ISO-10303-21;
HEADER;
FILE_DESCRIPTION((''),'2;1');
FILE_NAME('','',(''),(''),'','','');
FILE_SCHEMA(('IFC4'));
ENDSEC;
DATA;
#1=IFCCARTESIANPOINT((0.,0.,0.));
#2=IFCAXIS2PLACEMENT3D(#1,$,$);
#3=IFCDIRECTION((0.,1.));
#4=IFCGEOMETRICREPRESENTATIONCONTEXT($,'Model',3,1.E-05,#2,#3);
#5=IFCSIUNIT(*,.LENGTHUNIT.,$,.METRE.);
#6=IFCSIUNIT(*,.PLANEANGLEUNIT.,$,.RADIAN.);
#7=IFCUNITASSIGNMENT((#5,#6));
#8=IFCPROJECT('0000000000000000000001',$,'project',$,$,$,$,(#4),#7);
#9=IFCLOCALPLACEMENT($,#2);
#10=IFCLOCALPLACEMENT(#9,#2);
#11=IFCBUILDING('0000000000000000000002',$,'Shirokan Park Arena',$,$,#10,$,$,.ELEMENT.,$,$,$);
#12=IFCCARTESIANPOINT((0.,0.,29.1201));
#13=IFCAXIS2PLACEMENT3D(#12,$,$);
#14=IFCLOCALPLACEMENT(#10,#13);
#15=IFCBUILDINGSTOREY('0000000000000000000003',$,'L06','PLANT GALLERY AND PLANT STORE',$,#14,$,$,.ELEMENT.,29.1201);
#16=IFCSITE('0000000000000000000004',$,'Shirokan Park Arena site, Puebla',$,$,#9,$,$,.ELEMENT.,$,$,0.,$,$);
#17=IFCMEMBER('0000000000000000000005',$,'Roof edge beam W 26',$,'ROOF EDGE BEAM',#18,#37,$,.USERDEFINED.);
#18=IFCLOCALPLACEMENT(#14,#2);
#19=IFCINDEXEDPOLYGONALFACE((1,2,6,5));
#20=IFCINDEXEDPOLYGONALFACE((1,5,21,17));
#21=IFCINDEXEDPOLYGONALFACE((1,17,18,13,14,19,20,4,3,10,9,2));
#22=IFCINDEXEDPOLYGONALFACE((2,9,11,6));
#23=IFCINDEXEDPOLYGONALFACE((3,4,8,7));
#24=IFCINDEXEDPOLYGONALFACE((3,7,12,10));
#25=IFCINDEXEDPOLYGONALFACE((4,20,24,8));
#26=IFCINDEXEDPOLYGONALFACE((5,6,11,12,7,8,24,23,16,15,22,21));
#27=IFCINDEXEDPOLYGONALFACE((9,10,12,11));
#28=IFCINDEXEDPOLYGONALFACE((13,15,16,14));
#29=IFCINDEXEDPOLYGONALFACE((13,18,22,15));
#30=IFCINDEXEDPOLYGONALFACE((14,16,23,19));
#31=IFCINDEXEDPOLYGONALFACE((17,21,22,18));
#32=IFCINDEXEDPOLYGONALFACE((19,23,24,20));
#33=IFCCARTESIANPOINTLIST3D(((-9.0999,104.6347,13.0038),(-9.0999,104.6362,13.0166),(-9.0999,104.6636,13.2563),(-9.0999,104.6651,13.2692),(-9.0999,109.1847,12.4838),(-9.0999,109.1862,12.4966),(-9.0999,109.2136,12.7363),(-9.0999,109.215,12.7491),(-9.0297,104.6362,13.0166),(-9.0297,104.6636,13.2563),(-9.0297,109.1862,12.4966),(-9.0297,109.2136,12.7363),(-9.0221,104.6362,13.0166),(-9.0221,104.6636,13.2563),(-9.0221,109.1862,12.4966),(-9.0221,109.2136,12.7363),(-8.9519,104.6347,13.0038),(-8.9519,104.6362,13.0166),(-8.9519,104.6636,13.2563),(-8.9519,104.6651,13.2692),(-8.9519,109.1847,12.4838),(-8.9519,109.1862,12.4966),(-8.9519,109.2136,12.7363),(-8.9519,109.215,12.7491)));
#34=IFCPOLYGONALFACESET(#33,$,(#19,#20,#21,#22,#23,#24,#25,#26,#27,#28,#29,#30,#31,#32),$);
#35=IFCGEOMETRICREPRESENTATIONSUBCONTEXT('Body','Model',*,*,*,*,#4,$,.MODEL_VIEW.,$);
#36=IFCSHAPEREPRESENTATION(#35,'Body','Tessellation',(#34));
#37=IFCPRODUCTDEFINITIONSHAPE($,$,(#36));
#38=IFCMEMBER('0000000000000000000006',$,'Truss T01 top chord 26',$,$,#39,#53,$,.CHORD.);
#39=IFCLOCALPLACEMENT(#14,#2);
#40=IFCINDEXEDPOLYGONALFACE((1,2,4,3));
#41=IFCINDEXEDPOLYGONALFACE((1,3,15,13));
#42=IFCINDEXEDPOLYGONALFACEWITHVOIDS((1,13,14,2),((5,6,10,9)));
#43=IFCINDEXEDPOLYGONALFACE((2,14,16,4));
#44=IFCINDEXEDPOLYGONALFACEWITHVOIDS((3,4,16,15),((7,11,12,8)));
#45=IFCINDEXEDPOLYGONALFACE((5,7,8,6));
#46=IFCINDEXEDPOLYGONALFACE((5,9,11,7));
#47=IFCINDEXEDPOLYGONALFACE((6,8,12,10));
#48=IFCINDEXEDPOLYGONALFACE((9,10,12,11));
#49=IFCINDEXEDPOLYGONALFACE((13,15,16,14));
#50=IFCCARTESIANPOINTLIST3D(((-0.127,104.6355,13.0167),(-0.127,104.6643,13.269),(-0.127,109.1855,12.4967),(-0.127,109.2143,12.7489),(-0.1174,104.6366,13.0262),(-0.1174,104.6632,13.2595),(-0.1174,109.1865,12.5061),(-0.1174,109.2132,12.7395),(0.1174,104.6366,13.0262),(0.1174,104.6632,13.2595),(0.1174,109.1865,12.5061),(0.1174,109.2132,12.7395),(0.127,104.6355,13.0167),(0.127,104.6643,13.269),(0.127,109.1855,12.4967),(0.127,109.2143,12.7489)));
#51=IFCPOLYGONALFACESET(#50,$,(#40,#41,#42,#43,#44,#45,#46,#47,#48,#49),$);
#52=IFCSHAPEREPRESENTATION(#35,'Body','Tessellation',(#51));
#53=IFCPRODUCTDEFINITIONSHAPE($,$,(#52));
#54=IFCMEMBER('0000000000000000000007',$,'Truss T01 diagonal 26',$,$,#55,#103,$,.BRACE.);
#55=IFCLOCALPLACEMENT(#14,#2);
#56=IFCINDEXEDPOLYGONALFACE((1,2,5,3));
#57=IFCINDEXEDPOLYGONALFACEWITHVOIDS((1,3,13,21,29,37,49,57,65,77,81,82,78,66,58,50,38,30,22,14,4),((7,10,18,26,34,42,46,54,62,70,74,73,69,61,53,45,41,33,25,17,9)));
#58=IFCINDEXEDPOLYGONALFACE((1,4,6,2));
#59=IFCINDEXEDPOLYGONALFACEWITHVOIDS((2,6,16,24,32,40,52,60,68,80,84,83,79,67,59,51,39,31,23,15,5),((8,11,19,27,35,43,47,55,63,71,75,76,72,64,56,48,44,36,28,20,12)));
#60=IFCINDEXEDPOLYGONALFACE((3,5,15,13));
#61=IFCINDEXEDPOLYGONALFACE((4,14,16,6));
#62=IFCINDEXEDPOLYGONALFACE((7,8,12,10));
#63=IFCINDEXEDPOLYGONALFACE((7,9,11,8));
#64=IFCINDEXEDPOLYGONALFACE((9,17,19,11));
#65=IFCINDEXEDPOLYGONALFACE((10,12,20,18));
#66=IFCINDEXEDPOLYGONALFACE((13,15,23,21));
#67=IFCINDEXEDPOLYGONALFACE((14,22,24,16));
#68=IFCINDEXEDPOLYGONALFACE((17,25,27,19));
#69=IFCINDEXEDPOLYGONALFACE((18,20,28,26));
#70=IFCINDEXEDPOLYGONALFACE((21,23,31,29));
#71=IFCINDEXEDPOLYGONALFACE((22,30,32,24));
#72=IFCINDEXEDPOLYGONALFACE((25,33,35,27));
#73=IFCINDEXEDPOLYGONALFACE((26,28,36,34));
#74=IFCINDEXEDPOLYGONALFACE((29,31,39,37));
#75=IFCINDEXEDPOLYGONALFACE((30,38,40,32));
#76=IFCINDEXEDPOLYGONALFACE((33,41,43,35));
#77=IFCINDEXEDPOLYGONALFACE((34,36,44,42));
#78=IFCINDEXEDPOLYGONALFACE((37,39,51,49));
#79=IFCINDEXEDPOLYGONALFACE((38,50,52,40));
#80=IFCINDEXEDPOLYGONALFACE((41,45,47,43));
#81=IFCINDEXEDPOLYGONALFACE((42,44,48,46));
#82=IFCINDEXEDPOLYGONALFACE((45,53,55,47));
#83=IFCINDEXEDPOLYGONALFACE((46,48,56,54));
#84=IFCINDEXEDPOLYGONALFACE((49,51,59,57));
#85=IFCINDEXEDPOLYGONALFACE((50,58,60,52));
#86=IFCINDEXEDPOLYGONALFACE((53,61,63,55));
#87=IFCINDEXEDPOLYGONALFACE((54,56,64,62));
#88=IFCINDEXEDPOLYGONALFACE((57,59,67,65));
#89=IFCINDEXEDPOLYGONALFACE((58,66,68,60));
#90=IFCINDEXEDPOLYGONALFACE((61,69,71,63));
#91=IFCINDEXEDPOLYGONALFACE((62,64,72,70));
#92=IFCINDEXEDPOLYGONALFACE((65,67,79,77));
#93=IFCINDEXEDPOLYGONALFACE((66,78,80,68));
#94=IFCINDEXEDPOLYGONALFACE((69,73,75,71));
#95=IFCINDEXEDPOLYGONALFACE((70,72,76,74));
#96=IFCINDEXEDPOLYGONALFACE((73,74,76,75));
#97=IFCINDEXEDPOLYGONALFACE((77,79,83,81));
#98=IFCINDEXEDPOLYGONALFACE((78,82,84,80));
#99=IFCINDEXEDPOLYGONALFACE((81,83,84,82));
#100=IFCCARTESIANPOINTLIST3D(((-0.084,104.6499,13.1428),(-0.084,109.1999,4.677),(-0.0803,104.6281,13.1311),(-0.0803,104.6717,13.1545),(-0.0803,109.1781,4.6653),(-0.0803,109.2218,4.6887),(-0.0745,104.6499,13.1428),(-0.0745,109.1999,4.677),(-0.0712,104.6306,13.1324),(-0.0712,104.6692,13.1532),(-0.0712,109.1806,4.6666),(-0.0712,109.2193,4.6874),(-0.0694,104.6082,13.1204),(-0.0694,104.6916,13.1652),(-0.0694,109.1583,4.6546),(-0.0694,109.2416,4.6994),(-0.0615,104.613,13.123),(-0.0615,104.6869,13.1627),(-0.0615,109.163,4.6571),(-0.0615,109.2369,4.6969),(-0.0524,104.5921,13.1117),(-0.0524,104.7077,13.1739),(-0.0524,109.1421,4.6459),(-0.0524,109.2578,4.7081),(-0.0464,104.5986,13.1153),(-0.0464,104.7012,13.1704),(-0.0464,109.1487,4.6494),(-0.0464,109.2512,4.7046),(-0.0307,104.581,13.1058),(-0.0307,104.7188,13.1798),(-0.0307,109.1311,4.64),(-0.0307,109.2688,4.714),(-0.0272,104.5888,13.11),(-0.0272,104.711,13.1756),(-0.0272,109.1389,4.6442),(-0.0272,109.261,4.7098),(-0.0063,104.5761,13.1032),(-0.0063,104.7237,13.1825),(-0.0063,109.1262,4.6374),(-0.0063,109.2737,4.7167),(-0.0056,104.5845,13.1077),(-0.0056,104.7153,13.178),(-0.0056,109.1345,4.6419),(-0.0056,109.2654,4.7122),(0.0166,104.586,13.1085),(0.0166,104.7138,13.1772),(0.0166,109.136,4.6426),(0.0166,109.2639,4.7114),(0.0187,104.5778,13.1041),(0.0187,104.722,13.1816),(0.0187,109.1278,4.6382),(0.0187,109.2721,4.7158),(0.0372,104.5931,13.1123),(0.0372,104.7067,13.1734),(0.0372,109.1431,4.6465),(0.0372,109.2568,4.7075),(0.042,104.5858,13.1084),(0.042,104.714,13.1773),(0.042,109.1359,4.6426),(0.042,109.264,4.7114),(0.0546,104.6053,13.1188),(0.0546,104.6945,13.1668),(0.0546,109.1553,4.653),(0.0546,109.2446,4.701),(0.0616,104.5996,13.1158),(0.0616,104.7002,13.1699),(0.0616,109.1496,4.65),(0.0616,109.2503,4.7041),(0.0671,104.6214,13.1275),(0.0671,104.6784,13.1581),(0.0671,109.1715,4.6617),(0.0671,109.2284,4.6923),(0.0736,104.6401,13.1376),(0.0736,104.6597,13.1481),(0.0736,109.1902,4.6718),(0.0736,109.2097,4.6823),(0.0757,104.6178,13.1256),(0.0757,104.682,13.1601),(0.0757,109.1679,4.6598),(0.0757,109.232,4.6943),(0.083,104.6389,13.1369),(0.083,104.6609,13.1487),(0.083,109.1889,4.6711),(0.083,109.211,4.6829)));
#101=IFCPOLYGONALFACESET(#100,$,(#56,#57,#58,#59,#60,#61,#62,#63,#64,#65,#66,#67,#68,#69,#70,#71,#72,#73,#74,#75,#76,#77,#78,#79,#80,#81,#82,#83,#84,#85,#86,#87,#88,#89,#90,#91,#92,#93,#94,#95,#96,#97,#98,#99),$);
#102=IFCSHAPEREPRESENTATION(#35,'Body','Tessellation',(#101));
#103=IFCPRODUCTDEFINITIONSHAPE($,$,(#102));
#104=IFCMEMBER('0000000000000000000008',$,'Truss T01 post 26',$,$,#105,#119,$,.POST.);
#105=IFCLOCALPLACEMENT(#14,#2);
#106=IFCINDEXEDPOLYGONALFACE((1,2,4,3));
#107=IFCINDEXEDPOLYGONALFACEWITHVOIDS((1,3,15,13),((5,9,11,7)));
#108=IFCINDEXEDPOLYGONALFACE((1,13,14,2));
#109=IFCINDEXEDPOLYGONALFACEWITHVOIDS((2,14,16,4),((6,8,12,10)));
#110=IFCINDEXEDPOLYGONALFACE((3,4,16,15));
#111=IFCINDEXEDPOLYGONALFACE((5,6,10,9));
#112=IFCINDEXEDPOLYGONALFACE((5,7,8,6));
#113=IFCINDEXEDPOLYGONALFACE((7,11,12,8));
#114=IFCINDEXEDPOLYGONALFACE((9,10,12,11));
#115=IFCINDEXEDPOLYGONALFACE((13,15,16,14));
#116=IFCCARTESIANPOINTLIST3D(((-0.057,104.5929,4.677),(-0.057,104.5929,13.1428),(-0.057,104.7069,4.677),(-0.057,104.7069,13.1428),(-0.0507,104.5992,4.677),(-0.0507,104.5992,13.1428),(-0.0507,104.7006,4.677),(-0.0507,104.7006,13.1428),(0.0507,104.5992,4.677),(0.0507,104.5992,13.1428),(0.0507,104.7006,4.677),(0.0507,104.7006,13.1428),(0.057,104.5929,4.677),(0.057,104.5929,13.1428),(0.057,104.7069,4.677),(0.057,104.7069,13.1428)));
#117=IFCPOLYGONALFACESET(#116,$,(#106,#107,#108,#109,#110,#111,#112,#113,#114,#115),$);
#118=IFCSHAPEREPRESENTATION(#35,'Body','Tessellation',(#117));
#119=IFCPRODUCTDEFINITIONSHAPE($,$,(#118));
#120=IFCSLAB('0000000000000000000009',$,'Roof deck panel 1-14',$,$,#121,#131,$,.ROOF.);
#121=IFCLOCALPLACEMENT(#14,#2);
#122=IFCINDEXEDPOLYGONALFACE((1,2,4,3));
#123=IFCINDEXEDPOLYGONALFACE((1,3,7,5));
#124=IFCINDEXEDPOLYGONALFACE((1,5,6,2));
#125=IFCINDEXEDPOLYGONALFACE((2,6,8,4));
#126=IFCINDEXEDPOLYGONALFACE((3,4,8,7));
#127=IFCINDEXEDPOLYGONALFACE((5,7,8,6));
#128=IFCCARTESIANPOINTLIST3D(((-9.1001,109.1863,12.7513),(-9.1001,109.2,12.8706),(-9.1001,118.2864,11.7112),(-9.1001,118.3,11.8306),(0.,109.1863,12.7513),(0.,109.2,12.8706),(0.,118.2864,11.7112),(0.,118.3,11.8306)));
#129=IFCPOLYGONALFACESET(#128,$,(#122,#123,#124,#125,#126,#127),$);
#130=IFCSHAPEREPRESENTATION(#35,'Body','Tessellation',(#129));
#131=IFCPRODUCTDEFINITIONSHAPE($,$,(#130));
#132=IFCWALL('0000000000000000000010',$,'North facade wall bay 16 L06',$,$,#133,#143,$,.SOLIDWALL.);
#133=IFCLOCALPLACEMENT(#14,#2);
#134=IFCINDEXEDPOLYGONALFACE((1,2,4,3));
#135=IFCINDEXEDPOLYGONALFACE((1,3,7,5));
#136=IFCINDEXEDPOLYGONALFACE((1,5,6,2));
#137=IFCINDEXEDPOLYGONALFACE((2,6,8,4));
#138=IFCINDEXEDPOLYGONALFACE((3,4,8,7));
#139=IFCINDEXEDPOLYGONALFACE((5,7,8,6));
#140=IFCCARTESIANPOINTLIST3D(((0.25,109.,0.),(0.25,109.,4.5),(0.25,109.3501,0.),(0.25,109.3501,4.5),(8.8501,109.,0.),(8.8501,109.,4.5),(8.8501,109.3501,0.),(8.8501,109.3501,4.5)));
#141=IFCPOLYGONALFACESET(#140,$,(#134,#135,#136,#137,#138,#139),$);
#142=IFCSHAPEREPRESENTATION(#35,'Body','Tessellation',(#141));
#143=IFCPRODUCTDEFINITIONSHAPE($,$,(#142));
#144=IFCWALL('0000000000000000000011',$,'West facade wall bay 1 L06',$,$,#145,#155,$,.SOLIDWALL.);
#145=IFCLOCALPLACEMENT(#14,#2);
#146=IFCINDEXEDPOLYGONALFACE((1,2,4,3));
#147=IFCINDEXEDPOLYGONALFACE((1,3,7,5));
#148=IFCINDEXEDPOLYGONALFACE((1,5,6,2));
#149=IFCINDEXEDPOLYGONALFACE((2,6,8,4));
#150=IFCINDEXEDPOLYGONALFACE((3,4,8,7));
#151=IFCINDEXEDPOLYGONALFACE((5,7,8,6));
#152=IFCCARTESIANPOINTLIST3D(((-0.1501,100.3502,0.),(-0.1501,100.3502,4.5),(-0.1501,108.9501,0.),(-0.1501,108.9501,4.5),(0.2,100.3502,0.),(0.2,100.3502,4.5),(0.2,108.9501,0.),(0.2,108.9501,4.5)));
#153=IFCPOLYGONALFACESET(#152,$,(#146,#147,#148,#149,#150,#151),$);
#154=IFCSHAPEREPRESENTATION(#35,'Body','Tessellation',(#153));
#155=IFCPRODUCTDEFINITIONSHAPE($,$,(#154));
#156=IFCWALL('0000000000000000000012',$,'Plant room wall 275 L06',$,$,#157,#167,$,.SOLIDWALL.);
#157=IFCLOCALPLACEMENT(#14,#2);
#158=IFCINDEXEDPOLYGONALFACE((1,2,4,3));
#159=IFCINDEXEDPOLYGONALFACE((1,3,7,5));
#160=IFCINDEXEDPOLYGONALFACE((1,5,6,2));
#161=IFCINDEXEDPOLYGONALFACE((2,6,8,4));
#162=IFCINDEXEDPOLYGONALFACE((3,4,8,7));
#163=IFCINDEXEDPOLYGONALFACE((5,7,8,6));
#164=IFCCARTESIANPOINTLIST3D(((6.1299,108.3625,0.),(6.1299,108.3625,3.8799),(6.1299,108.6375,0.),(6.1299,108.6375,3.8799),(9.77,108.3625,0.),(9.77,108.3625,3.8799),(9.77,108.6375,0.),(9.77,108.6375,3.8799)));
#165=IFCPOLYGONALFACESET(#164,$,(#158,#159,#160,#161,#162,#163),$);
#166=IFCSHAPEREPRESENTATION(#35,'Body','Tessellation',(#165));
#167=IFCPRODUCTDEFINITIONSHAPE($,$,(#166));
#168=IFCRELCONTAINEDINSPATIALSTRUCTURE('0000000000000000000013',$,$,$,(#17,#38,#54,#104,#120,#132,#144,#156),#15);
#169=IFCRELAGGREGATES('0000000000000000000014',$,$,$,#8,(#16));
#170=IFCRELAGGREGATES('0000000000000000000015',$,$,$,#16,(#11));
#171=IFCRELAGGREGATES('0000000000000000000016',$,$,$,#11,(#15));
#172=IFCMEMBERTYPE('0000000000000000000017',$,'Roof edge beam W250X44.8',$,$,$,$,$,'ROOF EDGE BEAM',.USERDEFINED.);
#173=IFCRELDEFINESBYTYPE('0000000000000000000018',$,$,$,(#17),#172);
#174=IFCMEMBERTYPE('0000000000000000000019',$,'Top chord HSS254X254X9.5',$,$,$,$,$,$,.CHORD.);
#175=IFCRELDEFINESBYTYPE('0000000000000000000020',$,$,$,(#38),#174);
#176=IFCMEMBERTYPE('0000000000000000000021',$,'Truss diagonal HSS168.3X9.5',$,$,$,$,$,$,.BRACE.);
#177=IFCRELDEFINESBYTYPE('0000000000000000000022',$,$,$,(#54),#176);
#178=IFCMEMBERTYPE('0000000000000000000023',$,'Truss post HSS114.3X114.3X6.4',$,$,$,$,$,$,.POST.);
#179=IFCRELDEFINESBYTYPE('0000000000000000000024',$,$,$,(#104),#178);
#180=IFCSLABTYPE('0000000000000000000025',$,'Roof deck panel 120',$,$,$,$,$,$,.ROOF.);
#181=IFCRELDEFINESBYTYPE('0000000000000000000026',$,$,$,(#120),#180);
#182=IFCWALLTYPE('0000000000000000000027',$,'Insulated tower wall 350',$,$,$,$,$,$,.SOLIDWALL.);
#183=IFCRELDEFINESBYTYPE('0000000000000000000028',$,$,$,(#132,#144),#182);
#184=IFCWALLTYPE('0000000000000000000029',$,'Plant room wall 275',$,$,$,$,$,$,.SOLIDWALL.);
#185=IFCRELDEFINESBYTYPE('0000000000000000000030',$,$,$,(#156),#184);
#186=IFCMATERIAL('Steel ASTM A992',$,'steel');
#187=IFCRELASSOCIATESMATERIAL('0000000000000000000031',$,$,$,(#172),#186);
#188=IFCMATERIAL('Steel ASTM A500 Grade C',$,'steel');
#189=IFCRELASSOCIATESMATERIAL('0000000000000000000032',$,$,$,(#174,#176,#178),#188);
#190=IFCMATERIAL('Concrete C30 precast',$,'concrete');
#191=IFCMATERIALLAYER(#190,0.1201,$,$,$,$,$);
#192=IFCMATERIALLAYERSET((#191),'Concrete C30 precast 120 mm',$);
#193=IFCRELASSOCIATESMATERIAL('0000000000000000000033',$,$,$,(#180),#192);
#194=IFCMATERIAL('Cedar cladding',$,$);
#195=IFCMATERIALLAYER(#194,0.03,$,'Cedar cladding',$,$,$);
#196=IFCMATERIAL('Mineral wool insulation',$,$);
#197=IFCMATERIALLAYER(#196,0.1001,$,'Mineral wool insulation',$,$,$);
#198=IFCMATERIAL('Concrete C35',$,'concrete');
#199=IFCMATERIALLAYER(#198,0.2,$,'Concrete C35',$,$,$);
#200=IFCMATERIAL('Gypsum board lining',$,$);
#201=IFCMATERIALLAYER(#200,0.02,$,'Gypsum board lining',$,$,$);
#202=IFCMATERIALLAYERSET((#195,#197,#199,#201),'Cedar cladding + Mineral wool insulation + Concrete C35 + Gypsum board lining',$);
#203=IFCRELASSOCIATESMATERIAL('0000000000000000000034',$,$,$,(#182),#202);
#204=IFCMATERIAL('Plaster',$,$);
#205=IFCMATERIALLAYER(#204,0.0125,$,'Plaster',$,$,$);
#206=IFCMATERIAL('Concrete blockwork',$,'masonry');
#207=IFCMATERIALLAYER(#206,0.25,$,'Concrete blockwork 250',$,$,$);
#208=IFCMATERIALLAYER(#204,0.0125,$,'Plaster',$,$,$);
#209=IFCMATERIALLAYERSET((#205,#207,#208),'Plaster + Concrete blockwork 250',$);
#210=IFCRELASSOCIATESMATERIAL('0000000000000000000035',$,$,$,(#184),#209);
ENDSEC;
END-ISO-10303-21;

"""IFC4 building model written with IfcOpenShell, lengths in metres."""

from ifc_helpers import new_model, si_unit, direction, frame, frame_2d, origin, origin_2d, place, context, subcontext, project, spatial, polyline, rectangle, hollow_rectangle, hollow_circle, i_section, outline, extrude, material, layer, layer_set, material_profile, profile_set, type_object, element, save


model = new_model("IFC4")

# Units and contexts
model_context = context("Model", 3, precision=1e-05, world=origin(), true_north=direction((0.0, 1.0)))
body_context = subcontext(model_context, "Body", "Model", "MODEL_VIEW")
ifc_project = project(units=[si_unit("LENGTHUNIT", "METRE"), si_unit("PLANEANGLEUNIT", "RADIAN")], contexts=[model_context])

# Site, building, storey
site_placement = place(None, origin())
site = spatial("IfcSite", under=ifc_project, at=site_placement, Name="Shirokan Park Arena site, Puebla", CompositionType="ELEMENT", RefElevation=0.0)
building_placement = place(site_placement, origin())
building = spatial("IfcBuilding", under=site, at=building_placement, Name="Shirokan Park Arena", CompositionType="ELEMENT")
storey_placement = place(building_placement, frame((0.0, 0.0, 29.1201)))
storey = spatial("IfcBuildingStorey", under=building, at=storey_placement, Name="L06", Description="PLANT GALLERY AND PLANT STORE", CompositionType="ELEMENT", Elevation=29.1201)

# Shared definitions
ifc_material_1 = material(Name="Steel ASTM A500 Grade C", Category="steel")
ifc_material_2 = material(Name="Steel ASTM A992", Category="steel")

# Shared definitions
ifc_material_3 = material(Name="Concrete C35", Category="concrete")

# Members
ifc_material_profile_1 = material_profile(ifc_material_2, i_section(OverallWidth=0.1479, OverallDepth=0.2671, WebThickness=0.0076, FlangeThickness=0.0129, at=origin_2d()), Name="W250X44.8")
ifc_profile_set_1 = profile_set([ifc_material_profile_1], Name="Steel ASTM A992")
member_type_1 = type_object("IfcMemberType", Name="Roof edge beam W250X44.8", ElementType="ROOF EDGE BEAM", PredefinedType="USERDEFINED", material=ifc_profile_set_1)
member_1_placement = place(storey_placement, frame((-9.0259, 104.6499, 13.1365), z_axis=(0.0, 0.993532, -0.11355), x_axis=(-1.0, 0.0, 0.0)))
element("IfcMember", 1, at=member_1_placement, inside=storey, type_object=member_type_1, Name="Roof edge beam W 26", ObjectType="ROOF EDGE BEAM", PredefinedType="USERDEFINED", context=body_context, shape_type="SweptSolid", body=[
    extrude(i_section(OverallWidth=0.1479, OverallDepth=0.2671, WebThickness=0.0076, FlangeThickness=0.0129, at=origin_2d()), origin(), (0.0, 0.0, 1.0), 4.5796),
])
ifc_material_profile_2 = material_profile(ifc_material_1, hollow_rectangle(XDim=0.2539, YDim=0.2539, WallThickness=0.0095, at=origin_2d()), Name="HSS254X254X9.5")
ifc_profile_set_2 = profile_set([ifc_material_profile_2], Name="Steel ASTM A500 Grade C")
member_type_2 = type_object("IfcMemberType", Name="Top chord HSS254X254X9.5", PredefinedType="CHORD", material=ifc_profile_set_2)
member_2_placement = place(storey_placement, frame((0.0, 104.6499, 13.1428), z_axis=(0.0, 0.993532, -0.11355), x_axis=(-1.0, 0.0, 0.0)))
element("IfcMember", 2, at=member_2_placement, inside=storey, type_object=member_type_2, Name="Truss T01 top chord 26", PredefinedType="CHORD", context=body_context, shape_type="SweptSolid", body=[
    extrude(hollow_rectangle(XDim=0.2539, YDim=0.2539, WallThickness=0.0095, at=origin_2d()), origin(), (0.0, 0.0, 1.0), 4.5796),
])
ifc_material_profile_3 = material_profile(ifc_material_1, hollow_circle(Radius=0.084, WallThickness=0.0095, at=origin_2d()), Name="HSS168.3X9.5")
ifc_profile_set_3 = profile_set([ifc_material_profile_3], Name="Steel ASTM A500 Grade C")
member_type_3 = type_object("IfcMemberType", Name="Truss diagonal HSS168.3X9.5", PredefinedType="BRACE", material=ifc_profile_set_3)
member_3_placement = place(storey_placement, frame((0.0, 104.6499, 13.1428), z_axis=(0.0, 0.473417, -0.880839), x_axis=(-1.0, 0.0, 0.0)))
element("IfcMember", 3, at=member_3_placement, inside=storey, type_object=member_type_3, Name="Truss T01 diagonal 26", PredefinedType="BRACE", context=body_context, shape_type="SweptSolid", body=[
    extrude(hollow_circle(Radius=0.084, WallThickness=0.0095, at=origin_2d()), origin(), (0.0, 0.0, 1.0), 9.6111),
])
ifc_material_profile_4 = material_profile(ifc_material_1, hollow_rectangle(XDim=0.114, YDim=0.114, WallThickness=0.0063, at=origin_2d()), Name="HSS114.3X114.3X6.4")
ifc_profile_set_4 = profile_set([ifc_material_profile_4], Name="Steel ASTM A500 Grade C")
member_type_4 = type_object("IfcMemberType", Name="Truss post HSS114.3X114.3X6.4", PredefinedType="POST", material=ifc_profile_set_4)
member_4_placement = place(storey_placement, frame((0.0, 104.6499, 4.677), z_axis=(0.0, 0.0, 1.0), x_axis=(1.0, 0.0, 0.0)))
element("IfcMember", 4, at=member_4_placement, inside=storey, type_object=member_type_4, Name="Truss T01 post 26", PredefinedType="POST", context=body_context, shape_type="SweptSolid", body=[
    extrude(hollow_rectangle(XDim=0.114, YDim=0.114, WallThickness=0.0063, at=origin_2d()), origin(), (0.0, 0.0, 1.0), 8.4658),
])

# Slab
ifc_material_4 = material(Name="Concrete C30 precast", Category="concrete")
ifc_layer_1 = layer(ifc_material_4, 0.1201)
ifc_layer_set_1 = layer_set([ifc_layer_1], Name="Concrete C30 precast 120 mm")
slab_type = type_object("IfcSlabType", Name="Roof deck panel 120", PredefinedType="ROOF", material=ifc_layer_set_1)
slab_placement = place(storey_placement, frame((-9.1001, 109.2, 12.8706), z_axis=(0.0, 0.11355, 0.993532), x_axis=(1.0, 0.0, 0.0)))
element("IfcSlab", 5, at=slab_placement, inside=storey, type_object=slab_type, Name="Roof deck panel 1-14", PredefinedType="ROOF", context=body_context, shape_type="SweptSolid", body=[
    extrude(outline(polyline([(0.0, 0.0), (9.1001, 0.0), (9.1001, 9.1593), (0.0, 9.1593), (0.0, 0.0)])), origin(), (0.0, 0.0, -1.0), 0.1201),
])

# Walls
ifc_material_5 = material(Name="Cedar cladding")
ifc_layer_2 = layer(ifc_material_5, 0.03, Name="Cedar cladding")
ifc_material_6 = material(Name="Mineral wool insulation")
ifc_layer_3 = layer(ifc_material_6, 0.1001, Name="Mineral wool insulation")
ifc_layer_4 = layer(ifc_material_3, 0.2, Name="Concrete C35")
ifc_material_7 = material(Name="Gypsum board lining")
ifc_layer_5 = layer(ifc_material_7, 0.02, Name="Gypsum board lining")
ifc_layer_set_2 = layer_set([ifc_layer_2, ifc_layer_3, ifc_layer_4, ifc_layer_5], Name="Cedar cladding + Mineral wool insulation + Concrete C35 + Gypsum board lining")
wall_type_1 = type_object("IfcWallType", Name="Insulated tower wall 350", PredefinedType="SOLIDWALL", material=ifc_layer_set_2)
wall_1_placement = place(storey_placement, frame((8.8501, 109.175, 0.0), z_axis=(0.0, 0.0, 1.0), x_axis=(-1.0, 0.0, 0.0)))
element("IfcWall", 6, at=wall_1_placement, inside=storey, type_object=wall_type_1, Name="North facade wall bay 16 L06", PredefinedType="SOLIDWALL", context=body_context, shape_type="SweptSolid", body=[
    extrude(rectangle(XDim=8.6001, YDim=0.3501, at=frame_2d((4.3, 0.0))), origin(), (0.0, 0.0, 1.0), 4.5),
])
wall_2_placement = place(storey_placement, frame((0.0249, 108.95, 0.0), z_axis=(0.0, 0.0, 1.0), x_axis=(0.0, -1.0, 0.0)))
element("IfcWall", 7, at=wall_2_placement, inside=storey, type_object=wall_type_1, Name="West facade wall bay 1 L06", PredefinedType="SOLIDWALL", context=body_context, shape_type="SweptSolid", body=[
    extrude(rectangle(XDim=8.5999, YDim=0.3501, at=frame_2d((4.2998, 0.0))), origin(), (0.0, 0.0, 1.0), 4.5),
])
ifc_material_8 = material(Name="Plaster")
ifc_layer_6 = layer(ifc_material_8, 0.0125, Name="Plaster")
ifc_material_9 = material(Name="Concrete blockwork", Category="masonry")
ifc_layer_7 = layer(ifc_material_9, 0.25, Name="Concrete blockwork 250")
ifc_layer_8 = layer(ifc_material_8, 0.0125, Name="Plaster")
ifc_layer_set_3 = layer_set([ifc_layer_6, ifc_layer_7, ifc_layer_8], Name="Plaster + Concrete blockwork 250")
wall_type_2 = type_object("IfcWallType", Name="Plant room wall 275", PredefinedType="SOLIDWALL", material=ifc_layer_set_3)
wall_3_placement = place(storey_placement, frame((6.1299, 108.5, 0.0), z_axis=(0.0, 0.0, 1.0), x_axis=(1.0, 0.0, 0.0)))
element("IfcWall", 8, at=wall_3_placement, inside=storey, type_object=wall_type_2, Name="Plant room wall 275 L06", PredefinedType="SOLIDWALL", context=body_context, shape_type="SweptSolid", body=[
    extrude(rectangle(XDim=3.6401, YDim=0.2749, at=frame_2d((1.8201, 0.0))), origin(), (0.0, 0.0, 1.0), 3.8799),
])

save(model, "model.ifc")
